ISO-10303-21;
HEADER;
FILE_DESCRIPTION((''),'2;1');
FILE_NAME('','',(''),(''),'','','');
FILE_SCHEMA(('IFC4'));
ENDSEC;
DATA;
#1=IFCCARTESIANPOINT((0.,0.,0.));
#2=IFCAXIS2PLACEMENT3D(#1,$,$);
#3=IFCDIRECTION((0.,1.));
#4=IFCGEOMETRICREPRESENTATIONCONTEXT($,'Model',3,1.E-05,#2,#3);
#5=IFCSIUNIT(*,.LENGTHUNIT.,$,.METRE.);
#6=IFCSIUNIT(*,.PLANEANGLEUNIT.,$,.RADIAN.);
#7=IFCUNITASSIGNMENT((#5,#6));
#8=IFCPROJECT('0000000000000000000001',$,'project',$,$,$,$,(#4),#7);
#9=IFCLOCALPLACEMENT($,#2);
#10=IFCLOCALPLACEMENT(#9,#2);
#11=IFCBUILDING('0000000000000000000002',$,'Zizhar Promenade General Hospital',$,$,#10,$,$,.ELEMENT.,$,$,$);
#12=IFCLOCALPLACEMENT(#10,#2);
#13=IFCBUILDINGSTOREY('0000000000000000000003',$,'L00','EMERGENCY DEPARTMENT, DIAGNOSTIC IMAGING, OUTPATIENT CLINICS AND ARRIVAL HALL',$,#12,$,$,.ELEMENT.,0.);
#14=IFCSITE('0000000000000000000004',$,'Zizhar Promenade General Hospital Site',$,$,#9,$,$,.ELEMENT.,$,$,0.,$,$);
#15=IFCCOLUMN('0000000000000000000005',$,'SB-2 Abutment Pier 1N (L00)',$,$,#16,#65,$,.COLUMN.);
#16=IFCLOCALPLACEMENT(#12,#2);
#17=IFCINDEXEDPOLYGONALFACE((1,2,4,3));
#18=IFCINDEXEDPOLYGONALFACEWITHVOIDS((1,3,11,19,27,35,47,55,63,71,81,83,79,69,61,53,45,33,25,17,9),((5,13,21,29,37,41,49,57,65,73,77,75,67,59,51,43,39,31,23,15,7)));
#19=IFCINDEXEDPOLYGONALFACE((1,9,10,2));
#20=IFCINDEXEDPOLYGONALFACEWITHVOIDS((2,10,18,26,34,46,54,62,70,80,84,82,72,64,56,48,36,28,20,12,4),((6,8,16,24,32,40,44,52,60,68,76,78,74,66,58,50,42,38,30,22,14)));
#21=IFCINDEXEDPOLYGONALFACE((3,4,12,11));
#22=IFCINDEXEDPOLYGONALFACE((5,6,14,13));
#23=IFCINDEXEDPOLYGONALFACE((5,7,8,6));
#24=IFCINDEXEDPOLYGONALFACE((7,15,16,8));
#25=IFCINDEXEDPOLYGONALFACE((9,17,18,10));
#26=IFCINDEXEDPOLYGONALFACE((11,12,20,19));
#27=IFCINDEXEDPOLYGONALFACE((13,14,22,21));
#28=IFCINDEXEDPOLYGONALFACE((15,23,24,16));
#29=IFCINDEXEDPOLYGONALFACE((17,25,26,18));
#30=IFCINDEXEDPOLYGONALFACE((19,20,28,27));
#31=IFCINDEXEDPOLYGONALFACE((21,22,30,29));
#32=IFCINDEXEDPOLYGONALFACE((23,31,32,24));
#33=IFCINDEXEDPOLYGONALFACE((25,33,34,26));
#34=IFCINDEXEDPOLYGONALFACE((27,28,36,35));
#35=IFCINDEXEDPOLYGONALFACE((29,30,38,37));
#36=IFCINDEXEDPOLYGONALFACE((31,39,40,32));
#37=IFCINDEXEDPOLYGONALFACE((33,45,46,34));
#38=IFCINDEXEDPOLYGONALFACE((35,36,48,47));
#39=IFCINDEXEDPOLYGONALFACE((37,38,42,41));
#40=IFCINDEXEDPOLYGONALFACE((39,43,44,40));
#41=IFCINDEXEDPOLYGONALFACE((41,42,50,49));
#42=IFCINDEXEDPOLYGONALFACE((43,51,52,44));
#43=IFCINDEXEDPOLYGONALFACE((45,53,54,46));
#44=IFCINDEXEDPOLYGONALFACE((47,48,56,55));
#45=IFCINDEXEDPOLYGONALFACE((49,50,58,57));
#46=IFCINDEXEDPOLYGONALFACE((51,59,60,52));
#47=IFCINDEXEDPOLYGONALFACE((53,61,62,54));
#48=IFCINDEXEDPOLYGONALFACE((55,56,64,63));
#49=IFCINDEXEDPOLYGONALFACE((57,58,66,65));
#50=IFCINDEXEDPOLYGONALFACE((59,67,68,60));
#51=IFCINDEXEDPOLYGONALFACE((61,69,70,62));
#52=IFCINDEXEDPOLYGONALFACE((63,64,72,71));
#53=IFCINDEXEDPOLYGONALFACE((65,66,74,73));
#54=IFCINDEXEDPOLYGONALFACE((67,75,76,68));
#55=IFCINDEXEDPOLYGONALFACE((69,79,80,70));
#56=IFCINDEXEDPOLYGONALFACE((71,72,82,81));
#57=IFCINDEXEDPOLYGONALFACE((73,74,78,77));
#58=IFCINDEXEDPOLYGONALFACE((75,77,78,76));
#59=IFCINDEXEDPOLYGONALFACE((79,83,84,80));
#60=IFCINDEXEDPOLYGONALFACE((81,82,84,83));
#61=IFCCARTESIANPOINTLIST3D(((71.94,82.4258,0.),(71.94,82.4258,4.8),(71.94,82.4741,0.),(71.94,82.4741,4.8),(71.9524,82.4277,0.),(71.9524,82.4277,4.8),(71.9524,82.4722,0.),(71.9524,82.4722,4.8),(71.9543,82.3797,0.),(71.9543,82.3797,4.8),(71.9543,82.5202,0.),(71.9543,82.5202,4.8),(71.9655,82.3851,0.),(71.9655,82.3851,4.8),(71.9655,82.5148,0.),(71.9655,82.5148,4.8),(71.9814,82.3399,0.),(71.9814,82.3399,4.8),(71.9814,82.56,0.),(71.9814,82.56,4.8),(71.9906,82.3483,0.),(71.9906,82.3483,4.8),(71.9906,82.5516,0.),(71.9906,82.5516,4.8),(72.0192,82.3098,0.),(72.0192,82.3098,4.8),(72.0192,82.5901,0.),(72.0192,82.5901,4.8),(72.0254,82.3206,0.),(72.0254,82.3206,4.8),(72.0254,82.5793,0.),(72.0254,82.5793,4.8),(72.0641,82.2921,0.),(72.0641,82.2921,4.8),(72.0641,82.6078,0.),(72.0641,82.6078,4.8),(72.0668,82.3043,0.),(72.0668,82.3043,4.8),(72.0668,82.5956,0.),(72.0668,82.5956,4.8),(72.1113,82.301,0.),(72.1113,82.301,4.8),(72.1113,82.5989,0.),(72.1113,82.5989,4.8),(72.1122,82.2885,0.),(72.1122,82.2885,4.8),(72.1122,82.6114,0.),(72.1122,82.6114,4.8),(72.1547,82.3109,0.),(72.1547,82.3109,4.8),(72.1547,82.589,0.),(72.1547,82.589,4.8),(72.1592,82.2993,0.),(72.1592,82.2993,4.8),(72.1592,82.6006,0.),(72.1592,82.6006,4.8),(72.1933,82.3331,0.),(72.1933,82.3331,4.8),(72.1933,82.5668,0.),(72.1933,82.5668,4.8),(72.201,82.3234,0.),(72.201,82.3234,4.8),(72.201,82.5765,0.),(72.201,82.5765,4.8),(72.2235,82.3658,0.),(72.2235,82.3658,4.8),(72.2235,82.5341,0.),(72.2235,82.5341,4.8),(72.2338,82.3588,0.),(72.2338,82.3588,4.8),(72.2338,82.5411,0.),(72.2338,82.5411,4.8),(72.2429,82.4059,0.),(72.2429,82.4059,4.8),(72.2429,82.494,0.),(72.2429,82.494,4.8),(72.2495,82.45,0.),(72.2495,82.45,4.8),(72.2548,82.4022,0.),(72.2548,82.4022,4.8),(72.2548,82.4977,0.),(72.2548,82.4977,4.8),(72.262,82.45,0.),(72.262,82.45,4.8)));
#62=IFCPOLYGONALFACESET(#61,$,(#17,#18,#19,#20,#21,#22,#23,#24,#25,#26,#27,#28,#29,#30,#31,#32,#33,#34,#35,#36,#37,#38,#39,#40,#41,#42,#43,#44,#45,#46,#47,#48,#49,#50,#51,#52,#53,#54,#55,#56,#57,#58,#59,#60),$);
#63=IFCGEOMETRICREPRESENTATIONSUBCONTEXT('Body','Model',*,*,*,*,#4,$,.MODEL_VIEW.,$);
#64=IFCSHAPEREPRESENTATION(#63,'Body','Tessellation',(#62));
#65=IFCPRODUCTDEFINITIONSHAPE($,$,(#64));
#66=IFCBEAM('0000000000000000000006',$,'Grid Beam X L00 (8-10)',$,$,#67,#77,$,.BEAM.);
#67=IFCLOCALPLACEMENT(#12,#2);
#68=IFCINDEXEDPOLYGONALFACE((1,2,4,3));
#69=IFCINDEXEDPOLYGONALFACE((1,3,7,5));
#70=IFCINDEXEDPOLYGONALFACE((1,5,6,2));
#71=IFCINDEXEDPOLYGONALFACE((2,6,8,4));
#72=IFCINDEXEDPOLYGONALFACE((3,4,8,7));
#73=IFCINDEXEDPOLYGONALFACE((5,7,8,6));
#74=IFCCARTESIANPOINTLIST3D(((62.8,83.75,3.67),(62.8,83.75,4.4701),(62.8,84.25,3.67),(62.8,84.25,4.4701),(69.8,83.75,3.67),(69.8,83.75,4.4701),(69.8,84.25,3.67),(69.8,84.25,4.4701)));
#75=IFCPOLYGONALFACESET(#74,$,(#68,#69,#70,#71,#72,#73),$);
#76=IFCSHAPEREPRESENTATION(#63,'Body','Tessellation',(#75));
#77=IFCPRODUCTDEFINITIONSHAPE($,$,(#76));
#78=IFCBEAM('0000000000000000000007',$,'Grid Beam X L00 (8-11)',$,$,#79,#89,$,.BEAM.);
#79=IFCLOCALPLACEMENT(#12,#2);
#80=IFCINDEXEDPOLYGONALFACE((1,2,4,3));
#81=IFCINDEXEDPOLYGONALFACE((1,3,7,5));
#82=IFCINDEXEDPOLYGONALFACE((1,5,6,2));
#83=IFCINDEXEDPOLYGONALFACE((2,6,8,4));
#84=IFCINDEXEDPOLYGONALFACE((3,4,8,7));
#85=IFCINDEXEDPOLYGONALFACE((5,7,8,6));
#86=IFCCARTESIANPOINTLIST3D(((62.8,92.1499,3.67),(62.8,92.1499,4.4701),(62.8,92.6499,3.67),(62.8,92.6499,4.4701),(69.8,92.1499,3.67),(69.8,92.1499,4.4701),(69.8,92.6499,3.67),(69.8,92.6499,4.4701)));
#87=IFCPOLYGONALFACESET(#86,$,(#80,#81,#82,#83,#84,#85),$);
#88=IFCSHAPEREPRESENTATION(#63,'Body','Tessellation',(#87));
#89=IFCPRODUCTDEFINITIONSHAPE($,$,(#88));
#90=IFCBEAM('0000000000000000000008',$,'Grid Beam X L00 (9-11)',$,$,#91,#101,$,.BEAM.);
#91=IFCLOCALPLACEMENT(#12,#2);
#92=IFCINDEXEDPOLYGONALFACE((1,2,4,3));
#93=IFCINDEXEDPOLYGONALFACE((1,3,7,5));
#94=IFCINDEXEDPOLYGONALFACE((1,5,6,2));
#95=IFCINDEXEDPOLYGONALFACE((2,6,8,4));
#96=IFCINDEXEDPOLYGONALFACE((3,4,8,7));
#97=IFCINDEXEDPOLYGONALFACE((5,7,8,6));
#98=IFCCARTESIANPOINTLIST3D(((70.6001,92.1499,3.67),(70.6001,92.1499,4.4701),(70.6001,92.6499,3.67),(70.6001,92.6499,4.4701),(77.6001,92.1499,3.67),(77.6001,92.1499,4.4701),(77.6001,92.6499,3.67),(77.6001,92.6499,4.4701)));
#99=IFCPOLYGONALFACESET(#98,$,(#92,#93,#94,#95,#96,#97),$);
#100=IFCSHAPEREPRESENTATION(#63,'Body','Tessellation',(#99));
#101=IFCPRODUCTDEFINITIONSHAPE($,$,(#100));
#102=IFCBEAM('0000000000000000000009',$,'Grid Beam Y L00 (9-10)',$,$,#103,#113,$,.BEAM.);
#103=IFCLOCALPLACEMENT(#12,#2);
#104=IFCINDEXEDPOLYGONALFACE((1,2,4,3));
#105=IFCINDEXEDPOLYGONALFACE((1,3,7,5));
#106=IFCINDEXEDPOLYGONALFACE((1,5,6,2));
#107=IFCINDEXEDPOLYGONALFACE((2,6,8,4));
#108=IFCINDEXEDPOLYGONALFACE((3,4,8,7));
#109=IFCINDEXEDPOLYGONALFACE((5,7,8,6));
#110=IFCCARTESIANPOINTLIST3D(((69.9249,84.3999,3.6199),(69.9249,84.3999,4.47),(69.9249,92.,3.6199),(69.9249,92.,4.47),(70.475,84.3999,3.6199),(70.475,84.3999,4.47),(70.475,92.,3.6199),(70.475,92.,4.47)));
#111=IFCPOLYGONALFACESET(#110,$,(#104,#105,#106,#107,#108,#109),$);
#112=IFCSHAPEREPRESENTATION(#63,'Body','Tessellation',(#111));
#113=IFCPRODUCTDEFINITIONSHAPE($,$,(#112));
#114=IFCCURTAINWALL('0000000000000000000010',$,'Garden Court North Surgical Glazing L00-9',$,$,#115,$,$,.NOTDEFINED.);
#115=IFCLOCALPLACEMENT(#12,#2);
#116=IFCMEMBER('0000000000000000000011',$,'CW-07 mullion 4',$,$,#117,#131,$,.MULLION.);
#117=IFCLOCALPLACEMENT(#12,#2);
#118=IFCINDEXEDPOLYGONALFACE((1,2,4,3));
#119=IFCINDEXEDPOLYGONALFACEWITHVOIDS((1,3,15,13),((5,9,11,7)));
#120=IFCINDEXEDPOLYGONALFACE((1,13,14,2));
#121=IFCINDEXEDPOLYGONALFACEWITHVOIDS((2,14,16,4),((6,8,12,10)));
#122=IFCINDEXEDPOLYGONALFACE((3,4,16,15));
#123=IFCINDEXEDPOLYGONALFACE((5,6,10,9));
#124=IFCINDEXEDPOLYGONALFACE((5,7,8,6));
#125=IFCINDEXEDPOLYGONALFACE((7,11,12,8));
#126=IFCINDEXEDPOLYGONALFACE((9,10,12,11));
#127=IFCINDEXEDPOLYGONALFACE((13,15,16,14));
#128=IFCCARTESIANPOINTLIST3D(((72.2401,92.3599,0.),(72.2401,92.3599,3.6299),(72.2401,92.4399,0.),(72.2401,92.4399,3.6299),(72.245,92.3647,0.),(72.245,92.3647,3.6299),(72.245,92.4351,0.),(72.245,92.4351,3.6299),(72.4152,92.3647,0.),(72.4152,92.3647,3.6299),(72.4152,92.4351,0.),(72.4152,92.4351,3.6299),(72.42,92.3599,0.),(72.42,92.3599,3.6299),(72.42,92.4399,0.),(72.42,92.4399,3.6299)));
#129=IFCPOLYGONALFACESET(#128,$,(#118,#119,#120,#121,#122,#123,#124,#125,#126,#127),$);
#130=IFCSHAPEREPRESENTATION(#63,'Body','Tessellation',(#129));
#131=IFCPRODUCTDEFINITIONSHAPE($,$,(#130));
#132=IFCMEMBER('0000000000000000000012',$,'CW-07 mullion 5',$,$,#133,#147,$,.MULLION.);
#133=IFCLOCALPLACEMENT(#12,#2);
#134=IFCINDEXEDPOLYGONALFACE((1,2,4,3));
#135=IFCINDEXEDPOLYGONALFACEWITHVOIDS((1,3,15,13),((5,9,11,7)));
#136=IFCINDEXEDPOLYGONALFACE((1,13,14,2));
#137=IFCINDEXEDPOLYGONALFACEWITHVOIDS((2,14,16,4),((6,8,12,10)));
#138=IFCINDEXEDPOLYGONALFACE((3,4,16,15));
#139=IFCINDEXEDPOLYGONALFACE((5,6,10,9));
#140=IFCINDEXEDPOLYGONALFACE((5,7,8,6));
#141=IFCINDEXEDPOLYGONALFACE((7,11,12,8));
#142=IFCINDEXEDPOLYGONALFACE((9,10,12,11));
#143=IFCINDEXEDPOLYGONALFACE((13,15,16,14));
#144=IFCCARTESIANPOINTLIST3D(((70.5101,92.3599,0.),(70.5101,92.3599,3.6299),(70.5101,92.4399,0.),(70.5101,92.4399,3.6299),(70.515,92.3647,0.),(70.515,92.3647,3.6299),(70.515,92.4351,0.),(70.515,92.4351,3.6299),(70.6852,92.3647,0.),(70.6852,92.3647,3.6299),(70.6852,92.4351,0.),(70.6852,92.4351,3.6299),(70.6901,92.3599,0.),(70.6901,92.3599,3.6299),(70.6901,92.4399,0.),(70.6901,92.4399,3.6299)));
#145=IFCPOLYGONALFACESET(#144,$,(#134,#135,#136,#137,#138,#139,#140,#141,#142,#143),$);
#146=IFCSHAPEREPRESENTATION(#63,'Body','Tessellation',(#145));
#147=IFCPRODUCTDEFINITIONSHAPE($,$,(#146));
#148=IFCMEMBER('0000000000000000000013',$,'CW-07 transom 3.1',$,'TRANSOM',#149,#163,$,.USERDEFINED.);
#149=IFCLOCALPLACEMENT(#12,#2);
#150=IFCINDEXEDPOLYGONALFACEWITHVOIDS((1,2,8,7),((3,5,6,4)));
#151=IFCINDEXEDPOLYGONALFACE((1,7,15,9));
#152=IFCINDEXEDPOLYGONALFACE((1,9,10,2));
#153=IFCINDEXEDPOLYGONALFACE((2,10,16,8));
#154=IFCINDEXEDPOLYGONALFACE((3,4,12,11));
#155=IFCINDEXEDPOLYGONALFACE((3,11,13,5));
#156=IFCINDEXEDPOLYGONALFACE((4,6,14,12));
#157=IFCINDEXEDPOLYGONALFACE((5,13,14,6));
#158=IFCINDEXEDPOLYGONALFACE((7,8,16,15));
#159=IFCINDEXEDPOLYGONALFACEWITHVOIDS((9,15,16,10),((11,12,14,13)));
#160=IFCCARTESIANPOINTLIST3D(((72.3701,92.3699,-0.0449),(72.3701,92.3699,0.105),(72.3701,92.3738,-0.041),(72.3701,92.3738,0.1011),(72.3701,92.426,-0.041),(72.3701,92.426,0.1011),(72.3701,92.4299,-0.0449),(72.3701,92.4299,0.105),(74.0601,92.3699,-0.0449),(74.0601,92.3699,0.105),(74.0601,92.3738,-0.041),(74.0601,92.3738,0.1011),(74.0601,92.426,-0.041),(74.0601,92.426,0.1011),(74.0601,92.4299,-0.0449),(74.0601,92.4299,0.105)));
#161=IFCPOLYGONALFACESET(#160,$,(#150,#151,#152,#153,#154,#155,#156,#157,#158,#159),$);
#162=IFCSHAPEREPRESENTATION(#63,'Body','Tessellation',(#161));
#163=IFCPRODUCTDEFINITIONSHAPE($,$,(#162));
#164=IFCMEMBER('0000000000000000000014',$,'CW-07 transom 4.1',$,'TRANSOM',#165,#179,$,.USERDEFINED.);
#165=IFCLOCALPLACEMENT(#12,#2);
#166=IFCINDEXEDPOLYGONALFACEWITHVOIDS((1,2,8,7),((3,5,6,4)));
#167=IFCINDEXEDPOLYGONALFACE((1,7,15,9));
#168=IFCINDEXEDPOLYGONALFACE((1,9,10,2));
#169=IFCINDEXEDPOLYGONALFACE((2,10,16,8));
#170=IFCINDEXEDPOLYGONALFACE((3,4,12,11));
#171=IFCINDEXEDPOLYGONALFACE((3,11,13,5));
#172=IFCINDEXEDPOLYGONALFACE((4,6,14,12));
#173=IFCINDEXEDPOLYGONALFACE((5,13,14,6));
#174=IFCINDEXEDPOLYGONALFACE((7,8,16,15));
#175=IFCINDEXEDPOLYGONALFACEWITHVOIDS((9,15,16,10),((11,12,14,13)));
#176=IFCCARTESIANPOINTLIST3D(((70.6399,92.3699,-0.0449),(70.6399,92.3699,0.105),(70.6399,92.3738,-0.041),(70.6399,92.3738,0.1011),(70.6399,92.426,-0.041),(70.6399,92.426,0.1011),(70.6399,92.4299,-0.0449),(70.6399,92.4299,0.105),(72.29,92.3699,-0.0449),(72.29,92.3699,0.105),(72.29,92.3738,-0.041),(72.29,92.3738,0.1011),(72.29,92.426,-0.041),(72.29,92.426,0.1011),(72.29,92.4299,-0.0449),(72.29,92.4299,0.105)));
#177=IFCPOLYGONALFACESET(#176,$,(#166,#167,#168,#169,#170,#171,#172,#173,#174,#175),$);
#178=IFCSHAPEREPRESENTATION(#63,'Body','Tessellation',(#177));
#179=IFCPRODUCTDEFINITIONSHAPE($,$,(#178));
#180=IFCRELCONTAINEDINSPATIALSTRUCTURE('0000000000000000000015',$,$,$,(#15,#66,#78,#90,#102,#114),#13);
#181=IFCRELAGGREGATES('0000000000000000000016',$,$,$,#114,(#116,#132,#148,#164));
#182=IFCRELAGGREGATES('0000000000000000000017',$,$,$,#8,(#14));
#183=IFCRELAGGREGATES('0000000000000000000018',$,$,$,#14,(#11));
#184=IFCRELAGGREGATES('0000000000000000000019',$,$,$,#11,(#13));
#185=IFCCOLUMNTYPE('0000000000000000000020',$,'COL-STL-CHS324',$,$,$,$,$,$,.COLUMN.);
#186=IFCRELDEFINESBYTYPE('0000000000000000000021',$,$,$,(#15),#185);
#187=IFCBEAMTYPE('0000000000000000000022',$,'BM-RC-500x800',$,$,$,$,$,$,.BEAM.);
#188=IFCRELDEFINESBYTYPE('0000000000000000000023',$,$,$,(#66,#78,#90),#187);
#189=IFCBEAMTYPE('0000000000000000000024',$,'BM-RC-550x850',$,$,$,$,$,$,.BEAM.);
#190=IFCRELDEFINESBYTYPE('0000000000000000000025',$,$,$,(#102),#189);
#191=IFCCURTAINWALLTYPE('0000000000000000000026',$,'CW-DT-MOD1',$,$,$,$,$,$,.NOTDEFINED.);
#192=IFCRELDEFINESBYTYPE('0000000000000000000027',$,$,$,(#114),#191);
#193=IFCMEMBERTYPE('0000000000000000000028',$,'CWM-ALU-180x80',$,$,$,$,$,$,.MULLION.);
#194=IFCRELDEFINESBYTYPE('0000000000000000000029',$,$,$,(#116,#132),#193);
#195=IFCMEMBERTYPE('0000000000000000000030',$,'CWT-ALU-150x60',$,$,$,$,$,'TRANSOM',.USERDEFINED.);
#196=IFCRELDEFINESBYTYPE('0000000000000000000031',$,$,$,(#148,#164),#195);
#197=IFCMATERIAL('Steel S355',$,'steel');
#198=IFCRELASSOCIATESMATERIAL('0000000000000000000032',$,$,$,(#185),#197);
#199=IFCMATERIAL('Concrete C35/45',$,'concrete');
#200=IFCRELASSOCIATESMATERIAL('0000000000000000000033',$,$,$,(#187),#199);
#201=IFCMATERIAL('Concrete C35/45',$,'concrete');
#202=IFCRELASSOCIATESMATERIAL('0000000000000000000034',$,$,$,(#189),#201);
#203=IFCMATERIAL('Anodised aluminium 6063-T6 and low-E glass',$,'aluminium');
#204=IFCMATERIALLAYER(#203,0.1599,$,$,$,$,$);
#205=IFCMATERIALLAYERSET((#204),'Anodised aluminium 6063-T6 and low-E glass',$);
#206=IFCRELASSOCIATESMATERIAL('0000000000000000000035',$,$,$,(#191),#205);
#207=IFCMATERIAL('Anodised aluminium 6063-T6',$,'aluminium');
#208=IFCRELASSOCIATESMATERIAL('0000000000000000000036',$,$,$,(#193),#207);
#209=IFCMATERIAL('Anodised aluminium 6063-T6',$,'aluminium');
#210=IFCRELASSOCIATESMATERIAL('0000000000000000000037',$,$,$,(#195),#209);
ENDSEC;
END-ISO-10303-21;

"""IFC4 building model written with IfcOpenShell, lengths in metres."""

from ifc_helpers import new_model, si_unit, direction, frame, origin, origin_2d, place, context, subcontext, project, spatial, rectangle, hollow_rectangle, hollow_circle, extrude, material, layer, layer_set, material_profile, profile_set, type_object, element, aggregate, save


model = new_model("IFC4")

# Units and contexts
model_context = context("Model", 3, precision=1e-05, world=origin(), true_north=direction((0.0, 1.0)))
body_context = subcontext(model_context, "Body", "Model", "MODEL_VIEW")
ifc_project = project(units=[si_unit("LENGTHUNIT", "METRE"), si_unit("PLANEANGLEUNIT", "RADIAN")], contexts=[model_context])

# Site, building, storey
site_placement = place(None, origin())
site = spatial("IfcSite", under=ifc_project, at=site_placement, Name="Zizhar Promenade General Hospital Site", CompositionType="ELEMENT", RefElevation=0.0)
building_placement = place(site_placement, origin())
building = spatial("IfcBuilding", under=site, at=building_placement, Name="Zizhar Promenade General Hospital", CompositionType="ELEMENT")
storey_placement = place(building_placement, origin())
storey = spatial("IfcBuildingStorey", under=building, at=storey_placement, Name="L00", Description="EMERGENCY DEPARTMENT, DIAGNOSTIC IMAGING, OUTPATIENT CLINICS AND ARRIVAL HALL", CompositionType="ELEMENT", Elevation=0.0)

# Column
ifc_material_1 = material(Name="Steel S355", Category="steel")
ifc_material_profile_1 = material_profile(ifc_material_1, hollow_circle(Radius=0.1619, WallThickness=0.0125, at=origin_2d()))
ifc_profile_set_1 = profile_set([ifc_material_profile_1], Name="Steel S355")
column_type_1 = type_object("IfcColumnType", Name="COL-STL-CHS324", PredefinedType="COLUMN", material=ifc_profile_set_1)
for number, where, z_axis, x_axis, name in (
    (1, (72.1001, 82.45, 0.0), (0.0, 0.0, 1.0), (1.0, 0.0, 0.0), "SB-2 Abutment Pier 1N (L00)"),
):
    element("IfcColumn", number, at=place(storey_placement, frame(where, z_axis=z_axis, x_axis=x_axis)), inside=storey, type_object=column_type_1, Name=name, PredefinedType="COLUMN", context=body_context, shape_type="SweptSolid", body=[
        extrude(hollow_circle(Radius=0.1619, WallThickness=0.0125, at=origin_2d()), origin(), (0.0, 0.0, 1.0), 4.8),
    ])

# Beams
ifc_material_2 = material(Name="Concrete C35/45", Category="concrete")
ifc_material_profile_2 = material_profile(ifc_material_2, rectangle(XDim=0.5, YDim=0.8, at=origin_2d()))
ifc_profile_set_2 = profile_set([ifc_material_profile_2], Name="Concrete C35/45")
beam_type_1 = type_object("IfcBeamType", Name="BM-RC-500x800", PredefinedType="BEAM", material=ifc_profile_set_2)
for number, where, z_axis, x_axis, name in (
    (2, (62.8, 84.0, 4.0701), (1.0, 0.0, 0.0), (0.0, 1.0, 0.0), "Grid Beam X L00 (8-10)"),
    (3, (62.8, 92.3999, 4.0701), (1.0, 0.0, 0.0), (0.0, 1.0, 0.0), "Grid Beam X L00 (8-11)"),
    (4, (70.6001, 92.3999, 4.0701), (1.0, 0.0, 0.0), (0.0, 1.0, 0.0), "Grid Beam X L00 (9-11)"),
):
    element("IfcBeam", number, at=place(storey_placement, frame(where, z_axis=z_axis, x_axis=x_axis)), inside=storey, type_object=beam_type_1, Name=name, PredefinedType="BEAM", context=body_context, shape_type="SweptSolid", body=[
        extrude(rectangle(XDim=0.5, YDim=0.8, at=origin_2d()), origin(), (0.0, 0.0, 1.0), 7.0),
    ])
ifc_material_3 = material(Name="Concrete C35/45", Category="concrete")
ifc_material_profile_3 = material_profile(ifc_material_3, rectangle(XDim=0.55, YDim=0.8501, at=origin_2d()))
ifc_profile_set_3 = profile_set([ifc_material_profile_3], Name="Concrete C35/45")
beam_type_2 = type_object("IfcBeamType", Name="BM-RC-550x850", PredefinedType="BEAM", material=ifc_profile_set_3)
beam_placement = place(storey_placement, frame((70.2, 84.3999, 4.0449), z_axis=(0.0, 1.0, 0.0), x_axis=(-1.0, 0.0, 0.0)))
element("IfcBeam", 5, at=beam_placement, inside=storey, type_object=beam_type_2, Name="Grid Beam Y L00 (9-10)", PredefinedType="BEAM", context=body_context, shape_type="SweptSolid", body=[
    extrude(rectangle(XDim=0.55, YDim=0.8501, at=origin_2d()), origin(), (0.0, 0.0, 1.0), 7.6001),
])

# Curtain wall, members
ifc_material_4 = material(Name="Anodised aluminium 6063-T6 and low-E glass", Category="aluminium")
ifc_layer_1 = layer(ifc_material_4, 0.1599)
ifc_layer_set_1 = layer_set([ifc_layer_1], Name="Anodised aluminium 6063-T6 and low-E glass")
curtain_wall_type = type_object("IfcCurtainWallType", Name="CW-DT-MOD1", PredefinedType="NOTDEFINED", material=ifc_layer_set_1)
curtain_wall_placement = place(storey_placement, origin())
curtain_wall = element("IfcCurtainWall", 6, at=curtain_wall_placement, inside=storey, type_object=curtain_wall_type, Name="Garden Court North Surgical Glazing L00-9", PredefinedType="NOTDEFINED")
ifc_material_5 = material(Name="Anodised aluminium 6063-T6", Category="aluminium")
ifc_material_profile_4 = material_profile(ifc_material_5, hollow_rectangle(XDim=0.0801, YDim=0.1799, WallThickness=0.0049, at=origin_2d()))
ifc_profile_set_4 = profile_set([ifc_material_profile_4], Name="Anodised aluminium 6063-T6")
member_type_1 = type_object("IfcMemberType", Name="CWM-ALU-180x80", PredefinedType="MULLION", material=ifc_profile_set_4)
member_1_placement = place(storey_placement, frame((72.3301, 92.3999, 0.0), z_axis=(0.0, 0.0, 1.0), x_axis=(0.0, -1.0, 0.0)))
member_1 = element("IfcMember", 7, at=member_1_placement, type_object=member_type_1, Name="CW-07 mullion 4", PredefinedType="MULLION", context=body_context, shape_type="SweptSolid", body=[
    extrude(hollow_rectangle(XDim=0.0801, YDim=0.1799, WallThickness=0.0049, at=origin_2d()), origin(), (0.0, 0.0, 1.0), 3.6299),
])
member_2_placement = place(storey_placement, frame((70.6001, 92.3999, 0.0), z_axis=(0.0, 0.0, 1.0), x_axis=(0.0, -1.0, 0.0)))
member_2 = element("IfcMember", 8, at=member_2_placement, type_object=member_type_1, Name="CW-07 mullion 5", PredefinedType="MULLION", context=body_context, shape_type="SweptSolid", body=[
    extrude(hollow_rectangle(XDim=0.0801, YDim=0.1799, WallThickness=0.0049, at=origin_2d()), origin(), (0.0, 0.0, 1.0), 3.6299),
])
ifc_material_6 = material(Name="Anodised aluminium 6063-T6", Category="aluminium")
ifc_material_profile_5 = material_profile(ifc_material_6, hollow_rectangle(XDim=0.0601, YDim=0.1499, WallThickness=0.0039, at=origin_2d()))
ifc_profile_set_5 = profile_set([ifc_material_profile_5], Name="Anodised aluminium 6063-T6")
member_type_2 = type_object("IfcMemberType", Name="CWT-ALU-150x60", ElementType="TRANSOM", PredefinedType="USERDEFINED", material=ifc_profile_set_5)
member_3_placement = place(storey_placement, frame((74.0601, 92.3999, 0.03), z_axis=(-1.0, 0.0, 0.0), x_axis=(0.0, -1.0, 0.0)))
member_3 = element("IfcMember", 9, at=member_3_placement, type_object=member_type_2, Name="CW-07 transom 3.1", ObjectType="TRANSOM", PredefinedType="USERDEFINED", context=body_context, shape_type="SweptSolid", body=[
    extrude(hollow_rectangle(XDim=0.0601, YDim=0.1499, WallThickness=0.0039, at=origin_2d()), origin(), (0.0, 0.0, 1.0), 1.6899),
])
member_4_placement = place(storey_placement, frame((72.29, 92.3999, 0.03), z_axis=(-1.0, 0.0, 0.0), x_axis=(0.0, -1.0, 0.0)))
member_4 = element("IfcMember", 10, at=member_4_placement, type_object=member_type_2, Name="CW-07 transom 4.1", ObjectType="TRANSOM", PredefinedType="USERDEFINED", context=body_context, shape_type="SweptSolid", body=[
    extrude(hollow_rectangle(XDim=0.0601, YDim=0.1499, WallThickness=0.0039, at=origin_2d()), origin(), (0.0, 0.0, 1.0), 1.6501),
])
aggregate(curtain_wall, [member_1, member_2, member_3, member_4])

save(model, "model.ifc")
